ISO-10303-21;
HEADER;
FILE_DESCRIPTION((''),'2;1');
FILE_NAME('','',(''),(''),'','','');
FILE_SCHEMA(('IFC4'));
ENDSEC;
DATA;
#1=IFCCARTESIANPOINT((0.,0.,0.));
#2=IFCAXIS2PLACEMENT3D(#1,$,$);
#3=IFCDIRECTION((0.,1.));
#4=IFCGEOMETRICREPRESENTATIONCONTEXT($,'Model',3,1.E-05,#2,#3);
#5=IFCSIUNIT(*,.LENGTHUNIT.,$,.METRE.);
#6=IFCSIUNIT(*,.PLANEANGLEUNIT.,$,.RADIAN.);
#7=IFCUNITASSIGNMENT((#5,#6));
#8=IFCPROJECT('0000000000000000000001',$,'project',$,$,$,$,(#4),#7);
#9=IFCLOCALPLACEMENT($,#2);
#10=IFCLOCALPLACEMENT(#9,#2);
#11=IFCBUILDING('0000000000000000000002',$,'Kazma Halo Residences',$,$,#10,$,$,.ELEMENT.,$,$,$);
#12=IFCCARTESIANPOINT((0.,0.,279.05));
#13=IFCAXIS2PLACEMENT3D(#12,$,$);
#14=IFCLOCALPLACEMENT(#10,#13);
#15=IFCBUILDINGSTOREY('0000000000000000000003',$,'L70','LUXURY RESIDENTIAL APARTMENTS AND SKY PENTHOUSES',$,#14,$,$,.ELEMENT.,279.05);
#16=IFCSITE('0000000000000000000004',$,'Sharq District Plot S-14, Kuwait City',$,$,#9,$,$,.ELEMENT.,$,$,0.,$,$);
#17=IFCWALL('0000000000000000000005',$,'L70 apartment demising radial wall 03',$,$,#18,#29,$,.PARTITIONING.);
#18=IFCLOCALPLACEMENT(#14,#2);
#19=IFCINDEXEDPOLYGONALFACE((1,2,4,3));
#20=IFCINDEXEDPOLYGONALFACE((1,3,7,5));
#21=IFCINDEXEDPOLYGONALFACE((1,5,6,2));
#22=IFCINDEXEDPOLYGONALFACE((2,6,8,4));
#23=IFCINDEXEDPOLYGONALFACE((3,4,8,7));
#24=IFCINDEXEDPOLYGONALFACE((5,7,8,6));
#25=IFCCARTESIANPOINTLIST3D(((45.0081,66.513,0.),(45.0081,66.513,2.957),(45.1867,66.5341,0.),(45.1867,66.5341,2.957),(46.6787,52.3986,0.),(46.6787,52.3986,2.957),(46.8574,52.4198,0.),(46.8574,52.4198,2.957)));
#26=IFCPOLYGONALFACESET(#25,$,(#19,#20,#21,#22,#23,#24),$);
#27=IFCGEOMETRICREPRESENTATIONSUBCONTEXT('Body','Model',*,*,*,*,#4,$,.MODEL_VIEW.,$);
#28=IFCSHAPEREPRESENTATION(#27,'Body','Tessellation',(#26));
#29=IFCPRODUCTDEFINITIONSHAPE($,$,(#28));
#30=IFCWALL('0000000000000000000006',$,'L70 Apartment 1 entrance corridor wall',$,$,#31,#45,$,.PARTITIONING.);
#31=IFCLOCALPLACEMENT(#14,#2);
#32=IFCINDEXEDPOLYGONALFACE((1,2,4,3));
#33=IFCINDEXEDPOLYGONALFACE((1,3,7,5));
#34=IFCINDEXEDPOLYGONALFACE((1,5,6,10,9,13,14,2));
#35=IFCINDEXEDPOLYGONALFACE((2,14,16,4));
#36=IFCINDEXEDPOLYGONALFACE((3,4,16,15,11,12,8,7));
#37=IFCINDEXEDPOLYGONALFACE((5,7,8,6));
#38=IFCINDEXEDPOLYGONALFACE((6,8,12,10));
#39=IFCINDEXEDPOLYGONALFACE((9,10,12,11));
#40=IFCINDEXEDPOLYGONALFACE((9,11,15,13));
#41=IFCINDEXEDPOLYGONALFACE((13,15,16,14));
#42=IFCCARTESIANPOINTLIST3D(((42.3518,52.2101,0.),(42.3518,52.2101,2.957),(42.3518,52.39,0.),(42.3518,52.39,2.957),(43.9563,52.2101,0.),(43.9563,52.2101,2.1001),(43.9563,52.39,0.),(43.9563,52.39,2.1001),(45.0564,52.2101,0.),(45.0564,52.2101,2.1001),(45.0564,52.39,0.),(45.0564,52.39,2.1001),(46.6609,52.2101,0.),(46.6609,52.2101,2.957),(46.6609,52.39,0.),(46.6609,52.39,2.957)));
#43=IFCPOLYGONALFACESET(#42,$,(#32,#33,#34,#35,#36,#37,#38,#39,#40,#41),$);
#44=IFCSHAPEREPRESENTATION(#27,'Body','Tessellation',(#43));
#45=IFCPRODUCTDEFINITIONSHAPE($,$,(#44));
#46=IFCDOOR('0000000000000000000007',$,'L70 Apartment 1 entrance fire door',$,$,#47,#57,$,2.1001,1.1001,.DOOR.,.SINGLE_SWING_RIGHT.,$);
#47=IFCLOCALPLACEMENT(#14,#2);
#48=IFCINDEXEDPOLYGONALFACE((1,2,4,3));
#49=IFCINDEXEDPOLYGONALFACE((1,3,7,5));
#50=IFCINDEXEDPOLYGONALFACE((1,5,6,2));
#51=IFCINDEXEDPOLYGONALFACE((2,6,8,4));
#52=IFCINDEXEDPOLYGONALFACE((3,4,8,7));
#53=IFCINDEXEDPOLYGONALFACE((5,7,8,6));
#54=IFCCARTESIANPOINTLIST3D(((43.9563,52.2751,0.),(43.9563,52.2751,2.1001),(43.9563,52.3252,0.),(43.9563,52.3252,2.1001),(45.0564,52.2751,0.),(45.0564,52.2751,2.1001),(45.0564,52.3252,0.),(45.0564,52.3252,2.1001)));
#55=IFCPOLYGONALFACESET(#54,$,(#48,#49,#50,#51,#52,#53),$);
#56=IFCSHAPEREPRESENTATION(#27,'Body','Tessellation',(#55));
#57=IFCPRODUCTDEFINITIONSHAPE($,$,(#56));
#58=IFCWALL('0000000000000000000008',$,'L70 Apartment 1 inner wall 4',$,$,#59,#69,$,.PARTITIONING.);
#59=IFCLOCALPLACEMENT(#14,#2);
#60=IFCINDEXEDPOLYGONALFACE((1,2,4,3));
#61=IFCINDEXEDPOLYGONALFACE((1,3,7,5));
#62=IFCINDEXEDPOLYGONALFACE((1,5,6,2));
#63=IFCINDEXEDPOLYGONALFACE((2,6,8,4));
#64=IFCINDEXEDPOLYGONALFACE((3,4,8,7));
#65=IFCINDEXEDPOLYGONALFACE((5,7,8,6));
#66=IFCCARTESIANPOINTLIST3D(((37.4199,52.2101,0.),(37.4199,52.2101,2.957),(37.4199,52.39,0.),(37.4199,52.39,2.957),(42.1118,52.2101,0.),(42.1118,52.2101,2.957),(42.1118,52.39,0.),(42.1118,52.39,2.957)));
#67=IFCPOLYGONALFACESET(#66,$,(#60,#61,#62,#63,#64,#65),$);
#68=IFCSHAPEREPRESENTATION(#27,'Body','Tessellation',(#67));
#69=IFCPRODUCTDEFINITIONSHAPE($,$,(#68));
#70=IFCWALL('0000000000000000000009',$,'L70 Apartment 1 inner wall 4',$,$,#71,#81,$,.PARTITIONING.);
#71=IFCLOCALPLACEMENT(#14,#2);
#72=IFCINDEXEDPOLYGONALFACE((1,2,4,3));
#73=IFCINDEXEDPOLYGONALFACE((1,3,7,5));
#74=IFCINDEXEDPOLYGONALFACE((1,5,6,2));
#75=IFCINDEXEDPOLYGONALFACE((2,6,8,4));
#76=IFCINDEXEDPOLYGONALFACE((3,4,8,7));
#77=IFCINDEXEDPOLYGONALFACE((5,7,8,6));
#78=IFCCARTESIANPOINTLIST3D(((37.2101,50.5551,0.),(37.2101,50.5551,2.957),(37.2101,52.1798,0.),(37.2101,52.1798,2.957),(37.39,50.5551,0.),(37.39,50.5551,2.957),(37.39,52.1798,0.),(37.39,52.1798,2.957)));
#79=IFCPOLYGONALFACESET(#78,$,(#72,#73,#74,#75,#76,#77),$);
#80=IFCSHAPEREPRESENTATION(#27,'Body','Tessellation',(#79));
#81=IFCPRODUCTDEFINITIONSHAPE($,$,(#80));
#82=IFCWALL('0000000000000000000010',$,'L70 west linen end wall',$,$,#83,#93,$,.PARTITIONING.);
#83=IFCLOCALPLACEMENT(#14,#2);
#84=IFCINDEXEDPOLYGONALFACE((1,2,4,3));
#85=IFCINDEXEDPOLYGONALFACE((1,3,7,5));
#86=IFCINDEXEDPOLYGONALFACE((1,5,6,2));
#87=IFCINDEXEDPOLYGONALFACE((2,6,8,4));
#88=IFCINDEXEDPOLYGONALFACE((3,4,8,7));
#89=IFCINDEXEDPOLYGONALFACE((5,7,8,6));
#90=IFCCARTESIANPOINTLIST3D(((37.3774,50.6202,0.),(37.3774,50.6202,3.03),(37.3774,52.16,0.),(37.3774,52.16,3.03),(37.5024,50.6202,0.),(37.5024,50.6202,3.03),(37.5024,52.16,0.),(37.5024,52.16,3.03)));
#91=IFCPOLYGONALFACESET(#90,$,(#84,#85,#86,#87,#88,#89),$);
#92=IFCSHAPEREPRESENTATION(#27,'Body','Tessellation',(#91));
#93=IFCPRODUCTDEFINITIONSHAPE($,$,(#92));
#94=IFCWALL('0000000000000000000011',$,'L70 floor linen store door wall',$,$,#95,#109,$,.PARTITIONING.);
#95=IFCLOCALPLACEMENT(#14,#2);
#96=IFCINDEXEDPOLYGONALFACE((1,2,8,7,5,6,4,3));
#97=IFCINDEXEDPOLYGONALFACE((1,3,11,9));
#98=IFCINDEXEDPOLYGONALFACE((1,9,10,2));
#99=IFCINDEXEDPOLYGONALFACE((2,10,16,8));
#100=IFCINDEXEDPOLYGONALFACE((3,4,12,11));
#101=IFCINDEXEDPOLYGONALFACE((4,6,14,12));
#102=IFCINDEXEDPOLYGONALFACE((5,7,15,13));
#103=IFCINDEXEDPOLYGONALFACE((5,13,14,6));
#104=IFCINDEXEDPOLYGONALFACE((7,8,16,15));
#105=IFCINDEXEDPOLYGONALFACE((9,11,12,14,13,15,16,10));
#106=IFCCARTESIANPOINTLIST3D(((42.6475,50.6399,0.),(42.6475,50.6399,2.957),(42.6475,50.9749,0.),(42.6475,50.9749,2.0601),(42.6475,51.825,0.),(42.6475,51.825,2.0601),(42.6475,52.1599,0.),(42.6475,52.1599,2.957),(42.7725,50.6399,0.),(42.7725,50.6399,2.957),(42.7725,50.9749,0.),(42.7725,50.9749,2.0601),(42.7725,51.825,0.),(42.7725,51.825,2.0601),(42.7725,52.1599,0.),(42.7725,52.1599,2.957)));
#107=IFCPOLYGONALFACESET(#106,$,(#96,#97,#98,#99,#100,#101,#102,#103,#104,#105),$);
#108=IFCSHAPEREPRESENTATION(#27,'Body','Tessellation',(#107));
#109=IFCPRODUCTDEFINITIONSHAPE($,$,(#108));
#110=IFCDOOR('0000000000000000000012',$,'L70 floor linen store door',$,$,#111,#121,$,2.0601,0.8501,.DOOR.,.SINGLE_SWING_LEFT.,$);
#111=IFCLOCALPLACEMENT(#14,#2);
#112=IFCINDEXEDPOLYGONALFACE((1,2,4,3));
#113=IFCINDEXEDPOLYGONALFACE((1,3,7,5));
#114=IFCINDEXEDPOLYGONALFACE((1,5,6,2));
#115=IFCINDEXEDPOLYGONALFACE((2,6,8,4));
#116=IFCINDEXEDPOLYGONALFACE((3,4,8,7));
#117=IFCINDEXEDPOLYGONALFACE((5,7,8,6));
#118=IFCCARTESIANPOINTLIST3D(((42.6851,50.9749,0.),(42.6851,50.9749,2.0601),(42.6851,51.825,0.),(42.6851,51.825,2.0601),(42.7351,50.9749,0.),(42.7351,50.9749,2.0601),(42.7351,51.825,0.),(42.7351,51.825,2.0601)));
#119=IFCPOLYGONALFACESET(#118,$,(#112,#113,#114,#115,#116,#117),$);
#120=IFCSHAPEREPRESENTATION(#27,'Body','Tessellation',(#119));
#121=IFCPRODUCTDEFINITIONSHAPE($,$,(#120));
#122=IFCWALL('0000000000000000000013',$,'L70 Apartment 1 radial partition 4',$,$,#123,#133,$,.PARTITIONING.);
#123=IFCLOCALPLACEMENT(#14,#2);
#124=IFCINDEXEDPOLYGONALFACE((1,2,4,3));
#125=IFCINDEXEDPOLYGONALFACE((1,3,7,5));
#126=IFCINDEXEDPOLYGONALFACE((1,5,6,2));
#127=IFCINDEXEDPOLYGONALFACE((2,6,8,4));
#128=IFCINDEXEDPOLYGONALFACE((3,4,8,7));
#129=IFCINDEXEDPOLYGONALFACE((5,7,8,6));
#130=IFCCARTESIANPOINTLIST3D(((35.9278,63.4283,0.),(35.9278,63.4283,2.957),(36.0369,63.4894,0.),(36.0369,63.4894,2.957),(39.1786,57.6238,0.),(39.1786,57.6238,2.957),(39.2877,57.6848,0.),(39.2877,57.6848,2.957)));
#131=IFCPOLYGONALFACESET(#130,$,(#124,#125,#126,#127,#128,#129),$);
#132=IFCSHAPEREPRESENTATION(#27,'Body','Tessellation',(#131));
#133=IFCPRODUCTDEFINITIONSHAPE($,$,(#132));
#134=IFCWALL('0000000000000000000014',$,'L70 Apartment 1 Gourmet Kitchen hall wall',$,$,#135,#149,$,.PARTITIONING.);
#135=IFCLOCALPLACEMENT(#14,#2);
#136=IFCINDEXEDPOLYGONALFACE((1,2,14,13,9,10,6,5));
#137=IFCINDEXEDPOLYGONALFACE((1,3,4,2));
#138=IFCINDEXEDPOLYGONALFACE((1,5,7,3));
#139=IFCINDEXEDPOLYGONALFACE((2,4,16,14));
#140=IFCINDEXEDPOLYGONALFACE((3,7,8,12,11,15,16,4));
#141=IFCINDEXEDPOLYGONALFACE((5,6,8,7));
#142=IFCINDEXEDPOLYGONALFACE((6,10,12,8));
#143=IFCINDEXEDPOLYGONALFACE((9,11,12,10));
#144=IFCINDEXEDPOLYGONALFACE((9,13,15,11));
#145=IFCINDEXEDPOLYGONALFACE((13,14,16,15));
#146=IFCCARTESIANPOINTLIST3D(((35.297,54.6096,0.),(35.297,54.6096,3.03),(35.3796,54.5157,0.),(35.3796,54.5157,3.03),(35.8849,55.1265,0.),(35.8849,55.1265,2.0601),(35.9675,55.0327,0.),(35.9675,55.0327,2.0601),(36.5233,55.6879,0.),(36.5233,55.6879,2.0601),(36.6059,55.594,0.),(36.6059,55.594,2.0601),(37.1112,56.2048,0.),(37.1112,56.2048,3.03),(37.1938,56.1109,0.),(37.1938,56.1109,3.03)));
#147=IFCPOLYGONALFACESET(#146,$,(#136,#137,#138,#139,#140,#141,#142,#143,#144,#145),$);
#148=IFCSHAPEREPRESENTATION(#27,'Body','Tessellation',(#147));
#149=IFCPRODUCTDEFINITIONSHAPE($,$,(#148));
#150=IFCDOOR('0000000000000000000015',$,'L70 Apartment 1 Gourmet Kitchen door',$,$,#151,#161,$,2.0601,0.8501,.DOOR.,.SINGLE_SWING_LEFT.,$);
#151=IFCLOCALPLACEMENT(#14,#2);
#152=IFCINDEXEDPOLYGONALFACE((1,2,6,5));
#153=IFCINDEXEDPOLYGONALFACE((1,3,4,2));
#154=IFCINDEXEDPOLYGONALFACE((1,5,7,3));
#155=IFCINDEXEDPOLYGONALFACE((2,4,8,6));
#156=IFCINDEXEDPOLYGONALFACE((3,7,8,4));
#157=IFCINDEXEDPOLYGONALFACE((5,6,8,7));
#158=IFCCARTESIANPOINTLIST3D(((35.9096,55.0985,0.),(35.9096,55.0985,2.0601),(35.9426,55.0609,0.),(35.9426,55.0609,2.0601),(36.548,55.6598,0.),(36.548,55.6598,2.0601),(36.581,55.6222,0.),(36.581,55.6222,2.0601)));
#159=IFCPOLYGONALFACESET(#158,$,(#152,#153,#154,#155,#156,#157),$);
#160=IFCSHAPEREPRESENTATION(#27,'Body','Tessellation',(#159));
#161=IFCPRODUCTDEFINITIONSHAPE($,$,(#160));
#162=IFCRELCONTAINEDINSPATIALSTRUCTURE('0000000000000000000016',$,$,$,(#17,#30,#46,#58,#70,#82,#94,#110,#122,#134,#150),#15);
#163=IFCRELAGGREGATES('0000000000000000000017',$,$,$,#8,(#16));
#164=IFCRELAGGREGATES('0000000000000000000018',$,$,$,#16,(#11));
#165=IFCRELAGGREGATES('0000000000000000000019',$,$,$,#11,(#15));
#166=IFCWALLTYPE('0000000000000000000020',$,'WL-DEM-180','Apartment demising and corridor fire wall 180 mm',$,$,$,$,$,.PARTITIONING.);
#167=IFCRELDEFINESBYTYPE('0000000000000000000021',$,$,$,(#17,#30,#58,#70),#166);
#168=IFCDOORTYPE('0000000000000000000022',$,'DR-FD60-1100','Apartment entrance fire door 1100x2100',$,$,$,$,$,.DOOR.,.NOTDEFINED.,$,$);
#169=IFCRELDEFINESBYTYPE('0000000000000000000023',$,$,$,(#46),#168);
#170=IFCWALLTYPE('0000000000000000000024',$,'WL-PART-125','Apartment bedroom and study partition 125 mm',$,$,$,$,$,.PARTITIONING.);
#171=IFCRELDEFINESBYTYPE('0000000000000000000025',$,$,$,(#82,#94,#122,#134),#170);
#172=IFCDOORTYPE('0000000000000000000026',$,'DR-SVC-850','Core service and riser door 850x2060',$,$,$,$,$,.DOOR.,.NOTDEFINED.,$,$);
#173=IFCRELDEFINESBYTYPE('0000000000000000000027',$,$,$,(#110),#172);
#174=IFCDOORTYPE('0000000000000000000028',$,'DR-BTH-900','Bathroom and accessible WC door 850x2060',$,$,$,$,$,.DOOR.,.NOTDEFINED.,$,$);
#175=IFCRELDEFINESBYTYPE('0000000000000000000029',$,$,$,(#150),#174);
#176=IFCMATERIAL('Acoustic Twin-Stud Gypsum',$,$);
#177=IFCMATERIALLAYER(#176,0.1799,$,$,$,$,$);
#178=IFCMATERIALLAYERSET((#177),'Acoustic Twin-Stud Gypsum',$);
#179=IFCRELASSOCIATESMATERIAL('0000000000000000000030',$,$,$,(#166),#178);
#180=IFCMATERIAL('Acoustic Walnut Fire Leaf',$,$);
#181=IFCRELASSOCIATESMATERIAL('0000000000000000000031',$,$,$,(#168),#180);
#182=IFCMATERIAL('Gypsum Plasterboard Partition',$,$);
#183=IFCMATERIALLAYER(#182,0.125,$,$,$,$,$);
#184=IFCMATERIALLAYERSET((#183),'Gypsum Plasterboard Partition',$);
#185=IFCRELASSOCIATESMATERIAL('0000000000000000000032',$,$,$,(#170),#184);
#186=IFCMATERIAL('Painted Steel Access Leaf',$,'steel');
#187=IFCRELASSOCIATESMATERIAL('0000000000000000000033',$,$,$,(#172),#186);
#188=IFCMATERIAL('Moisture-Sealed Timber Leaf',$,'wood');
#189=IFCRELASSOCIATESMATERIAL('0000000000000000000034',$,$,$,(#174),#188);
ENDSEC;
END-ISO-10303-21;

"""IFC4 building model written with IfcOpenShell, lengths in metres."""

from ifc_helpers import new_model, si_unit, direction, frame, frame_2d, origin, place, context, subcontext, project, spatial, rectangle, extrude, material, layer, layer_set, type_object, element, fill, save


model = new_model("IFC4")

# Units and contexts
model_context = context("Model", 3, precision=1e-05, world=origin(), true_north=direction((0.0, 1.0)))
body_context = subcontext(model_context, "Body", "Model", "MODEL_VIEW")
ifc_project = project(units=[si_unit("LENGTHUNIT", "METRE"), si_unit("PLANEANGLEUNIT", "RADIAN")], contexts=[model_context])

# Site, building, storey
site_placement = place(None, origin())
site = spatial("IfcSite", under=ifc_project, at=site_placement, Name="Sharq District Plot S-14, Kuwait City", CompositionType="ELEMENT", RefElevation=0.0)
building_placement = place(site_placement, origin())
building = spatial("IfcBuilding", under=site, at=building_placement, Name="Kazma Halo Residences", CompositionType="ELEMENT")
storey_placement = place(building_placement, frame((0.0, 0.0, 279.05)))
storey = spatial("IfcBuildingStorey", under=building, at=storey_placement, Name="L70", Description="LUXURY RESIDENTIAL APARTMENTS AND SKY PENTHOUSES", CompositionType="ELEMENT", Elevation=279.05)

# Wall
ifc_material_1 = material(Name="Acoustic Twin-Stud Gypsum")
ifc_layer_1 = layer(ifc_material_1, 0.1799)
ifc_layer_set_1 = layer_set([ifc_layer_1], Name="Acoustic Twin-Stud Gypsum")
wall_type_1 = type_object("IfcWallType", Name="WL-DEM-180", Description="Apartment demising and corridor fire wall 180 mm", PredefinedType="PARTITIONING", material=ifc_layer_set_1)
wall_1_placement = place(storey_placement, frame((46.7681, 52.4092, 0.0), z_axis=(0.0, 0.0, 1.0), x_axis=(-0.117546, 0.993067, 0.0)))
element("IfcWall", 1, at=wall_1_placement, inside=storey, type_object=wall_type_1, Name="L70 apartment demising radial wall 03", PredefinedType="PARTITIONING", context=body_context, shape_type="SweptSolid", body=[
    extrude(rectangle(XDim=14.2129, YDim=0.1799, at=frame_2d((7.1064, 0.0))), origin(), (0.0, 0.0, 1.0), 2.957),
])

# Wall, opening, door
wall_2_placement = place(storey_placement, frame((46.6609, 52.3, 0.0), z_axis=(0.0, 0.0, 1.0), x_axis=(-1.0, 0.0, 0.0)))
wall_2 = element("IfcWall", 2, at=wall_2_placement, inside=storey, type_object=wall_type_1, Name="L70 Apartment 1 entrance corridor wall", PredefinedType="PARTITIONING", context=body_context, shape_type="SweptSolid", body=[
    extrude(rectangle(XDim=4.3091, YDim=0.1799, at=frame_2d((2.1545, 0.0))), origin(), (0.0, 0.0, 1.0), 2.957),
])
opening_1_placement = place(wall_2_placement, frame((1.6045, 0.0, 0.0)))
opening_1 = element("IfcOpeningElement", 3, at=opening_1_placement, cuts=wall_2, PredefinedType="OPENING", context=body_context, shape_type="SweptSolid", body=[
    extrude(rectangle(XDim=1.1001, YDim=2.1001, at=frame_2d((0.55, 1.05))), frame((0.0, 0.0999, 0.0), z_axis=(0.0, -1.0, 0.0), x_axis=(1.0, 0.0, 0.0)), (0.0, 0.0, 1.0), 0.2),
])
ifc_material_2 = material(Name="Acoustic Walnut Fire Leaf")
door_type_1 = type_object("IfcDoorType", Name="DR-FD60-1100", Description="Apartment entrance fire door 1100x2100", OperationType="NOTDEFINED", PredefinedType="DOOR", material=ifc_material_2)
door_1_placement = place(opening_1_placement, origin())
door_1 = element("IfcDoor", 4, at=door_1_placement, inside=storey, type_object=door_type_1, Name="L70 Apartment 1 entrance fire door", OperationType="SINGLE_SWING_RIGHT", OverallHeight=2.1001, OverallWidth=1.1001, PredefinedType="DOOR", context=body_context, shape_type="SweptSolid", body=[
    extrude(rectangle(XDim=1.1001, YDim=2.1001, at=frame_2d((0.55, 1.05))), frame((0.0, 0.0249, 0.0), z_axis=(0.0, -1.0, 0.0), x_axis=(1.0, 0.0, 0.0)), (0.0, 0.0, 1.0), 0.05),
])
fill(opening_1, door_1)

# Walls
wall_3_placement = place(storey_placement, frame((42.1118, 52.3, 0.0), z_axis=(0.0, 0.0, 1.0), x_axis=(-1.0, 0.0, 0.0)))
element("IfcWall", 5, at=wall_3_placement, inside=storey, type_object=wall_type_1, Name="L70 Apartment 1 inner wall 4", PredefinedType="PARTITIONING", context=body_context, shape_type="SweptSolid", body=[
    extrude(rectangle(XDim=4.6919, YDim=0.1799, at=frame_2d((2.3459, 0.0))), origin(), (0.0, 0.0, 1.0), 2.957),
])
wall_4_placement = place(storey_placement, frame((37.3, 52.1799, 0.0), z_axis=(0.0, 0.0, 1.0), x_axis=(0.0, -1.0, 0.0)))
element("IfcWall", 6, at=wall_4_placement, inside=storey, type_object=wall_type_1, Name="L70 Apartment 1 inner wall 4", PredefinedType="PARTITIONING", context=body_context, shape_type="SweptSolid", body=[
    extrude(rectangle(XDim=1.6248, YDim=0.1799, at=frame_2d((0.8125, 0.0))), origin(), (0.0, 0.0, 1.0), 2.957),
])

# Wall
ifc_material_3 = material(Name="Gypsum Plasterboard Partition")
ifc_layer_2 = layer(ifc_material_3, 0.125)
ifc_layer_set_2 = layer_set([ifc_layer_2], Name="Gypsum Plasterboard Partition")
wall_type_2 = type_object("IfcWallType", Name="WL-PART-125", Description="Apartment bedroom and study partition 125 mm", PredefinedType="PARTITIONING", material=ifc_layer_set_2)
wall_5_placement = place(storey_placement, frame((37.4399, 50.6201, 0.0), z_axis=(0.0, 0.0, 1.0), x_axis=(0.0, 1.0, 0.0)))
element("IfcWall", 7, at=wall_5_placement, inside=storey, type_object=wall_type_2, Name="L70 west linen end wall", PredefinedType="PARTITIONING", context=body_context, shape_type="SweptSolid", body=[
    extrude(rectangle(XDim=1.5398, YDim=0.125, at=frame_2d((0.77, 0.0))), origin(), (0.0, 0.0, 1.0), 3.03),
])

# Wall, opening, door
wall_6_placement = place(storey_placement, frame((42.71, 50.6399, 0.0), z_axis=(0.0, 0.0, 1.0), x_axis=(0.0, 1.0, 0.0)))
wall_6 = element("IfcWall", 8, at=wall_6_placement, inside=storey, type_object=wall_type_2, Name="L70 floor linen store door wall", PredefinedType="PARTITIONING", context=body_context, shape_type="SweptSolid", body=[
    extrude(rectangle(XDim=1.52, YDim=0.125, at=frame_2d((0.76, 0.0))), origin(), (0.0, 0.0, 1.0), 2.957),
])
opening_2_placement = place(wall_6_placement, frame((0.335, 0.0, 0.0)))
opening_2 = element("IfcOpeningElement", 9, at=opening_2_placement, cuts=wall_6, PredefinedType="OPENING", context=body_context, shape_type="SweptSolid", body=[
    extrude(rectangle(XDim=0.8501, YDim=2.0601, at=frame_2d((0.425, 1.03))), frame((0.0, 0.0725, 0.0), z_axis=(0.0, -1.0, 0.0), x_axis=(1.0, 0.0, 0.0)), (0.0, 0.0, 1.0), 0.145),
])
ifc_material_4 = material(Name="Painted Steel Access Leaf", Category="steel")
door_type_2 = type_object("IfcDoorType", Name="DR-SVC-850", Description="Core service and riser door 850x2060", OperationType="NOTDEFINED", PredefinedType="DOOR", material=ifc_material_4)
door_2_placement = place(opening_2_placement, origin())
door_2 = element("IfcDoor", 10, at=door_2_placement, inside=storey, type_object=door_type_2, Name="L70 floor linen store door", OperationType="SINGLE_SWING_LEFT", OverallHeight=2.0601, OverallWidth=0.8501, PredefinedType="DOOR", context=body_context, shape_type="SweptSolid", body=[
    extrude(rectangle(XDim=0.8501, YDim=2.0601, at=frame_2d((0.425, 1.03))), frame((0.0, 0.0249, 0.0), z_axis=(0.0, -1.0, 0.0), x_axis=(1.0, 0.0, 0.0)), (0.0, 0.0, 1.0), 0.05),
])
fill(opening_2, door_2)

# Wall
wall_7_placement = place(storey_placement, frame((39.2332, 57.6543, 0.0), z_axis=(0.0, 0.0, 1.0), x_axis=(-0.488631, 0.87249, 0.0)))
element("IfcWall", 11, at=wall_7_placement, inside=storey, type_object=wall_type_2, Name="L70 Apartment 1 radial partition 4", PredefinedType="PARTITIONING", context=body_context, shape_type="SweptSolid", body=[
    extrude(rectangle(XDim=6.6528, YDim=0.125, at=frame_2d((3.3264, 0.0))), origin(), (0.0, 0.0, 1.0), 2.957),
])

# Wall, opening, door
wall_8_placement = place(storey_placement, frame((37.1526, 56.158, 0.0), z_axis=(0.0, 0.0, 1.0), x_axis=(-0.750978, -0.660327, 0.0)))
wall_8 = element("IfcWall", 12, at=wall_8_placement, inside=storey, type_object=wall_type_2, Name="L70 Apartment 1 Gourmet Kitchen hall wall", PredefinedType="PARTITIONING", context=body_context, shape_type="SweptSolid", body=[
    extrude(rectangle(XDim=2.4158, YDim=0.125, at=frame_2d((1.208, 0.0))), origin(), (0.0, 0.0, 1.0), 3.03),
])
opening_3_placement = place(wall_8_placement, frame((0.783, 0.0, 0.0)))
opening_3 = element("IfcOpeningElement", 13, at=opening_3_placement, cuts=wall_8, PredefinedType="OPENING", context=body_context, shape_type="SweptSolid", body=[
    extrude(rectangle(XDim=0.8501, YDim=2.0601, at=frame_2d((0.425, 1.03))), frame((0.0, 0.0725, 0.0), z_axis=(0.0, -1.0, 0.0), x_axis=(1.0, 0.0, 0.0)), (0.0, 0.0, 1.0), 0.145),
])
ifc_material_5 = material(Name="Moisture-Sealed Timber Leaf", Category="wood")
door_type_3 = type_object("IfcDoorType", Name="DR-BTH-900", Description="Bathroom and accessible WC door 850x2060", OperationType="NOTDEFINED", PredefinedType="DOOR", material=ifc_material_5)
door_3_placement = place(opening_3_placement, origin())
door_3 = element("IfcDoor", 14, at=door_3_placement, inside=storey, type_object=door_type_3, Name="L70 Apartment 1 Gourmet Kitchen door", OperationType="SINGLE_SWING_LEFT", OverallHeight=2.0601, OverallWidth=0.8501, PredefinedType="DOOR", context=body_context, shape_type="SweptSolid", body=[
    extrude(rectangle(XDim=0.8501, YDim=2.0601, at=frame_2d((0.425, 1.03))), frame((0.0, 0.0249, 0.0), z_axis=(0.0, -1.0, 0.0), x_axis=(1.0, 0.0, 0.0)), (0.0, 0.0, 1.0), 0.05),
])
fill(opening_3, door_3)

save(model, "model.ifc")
